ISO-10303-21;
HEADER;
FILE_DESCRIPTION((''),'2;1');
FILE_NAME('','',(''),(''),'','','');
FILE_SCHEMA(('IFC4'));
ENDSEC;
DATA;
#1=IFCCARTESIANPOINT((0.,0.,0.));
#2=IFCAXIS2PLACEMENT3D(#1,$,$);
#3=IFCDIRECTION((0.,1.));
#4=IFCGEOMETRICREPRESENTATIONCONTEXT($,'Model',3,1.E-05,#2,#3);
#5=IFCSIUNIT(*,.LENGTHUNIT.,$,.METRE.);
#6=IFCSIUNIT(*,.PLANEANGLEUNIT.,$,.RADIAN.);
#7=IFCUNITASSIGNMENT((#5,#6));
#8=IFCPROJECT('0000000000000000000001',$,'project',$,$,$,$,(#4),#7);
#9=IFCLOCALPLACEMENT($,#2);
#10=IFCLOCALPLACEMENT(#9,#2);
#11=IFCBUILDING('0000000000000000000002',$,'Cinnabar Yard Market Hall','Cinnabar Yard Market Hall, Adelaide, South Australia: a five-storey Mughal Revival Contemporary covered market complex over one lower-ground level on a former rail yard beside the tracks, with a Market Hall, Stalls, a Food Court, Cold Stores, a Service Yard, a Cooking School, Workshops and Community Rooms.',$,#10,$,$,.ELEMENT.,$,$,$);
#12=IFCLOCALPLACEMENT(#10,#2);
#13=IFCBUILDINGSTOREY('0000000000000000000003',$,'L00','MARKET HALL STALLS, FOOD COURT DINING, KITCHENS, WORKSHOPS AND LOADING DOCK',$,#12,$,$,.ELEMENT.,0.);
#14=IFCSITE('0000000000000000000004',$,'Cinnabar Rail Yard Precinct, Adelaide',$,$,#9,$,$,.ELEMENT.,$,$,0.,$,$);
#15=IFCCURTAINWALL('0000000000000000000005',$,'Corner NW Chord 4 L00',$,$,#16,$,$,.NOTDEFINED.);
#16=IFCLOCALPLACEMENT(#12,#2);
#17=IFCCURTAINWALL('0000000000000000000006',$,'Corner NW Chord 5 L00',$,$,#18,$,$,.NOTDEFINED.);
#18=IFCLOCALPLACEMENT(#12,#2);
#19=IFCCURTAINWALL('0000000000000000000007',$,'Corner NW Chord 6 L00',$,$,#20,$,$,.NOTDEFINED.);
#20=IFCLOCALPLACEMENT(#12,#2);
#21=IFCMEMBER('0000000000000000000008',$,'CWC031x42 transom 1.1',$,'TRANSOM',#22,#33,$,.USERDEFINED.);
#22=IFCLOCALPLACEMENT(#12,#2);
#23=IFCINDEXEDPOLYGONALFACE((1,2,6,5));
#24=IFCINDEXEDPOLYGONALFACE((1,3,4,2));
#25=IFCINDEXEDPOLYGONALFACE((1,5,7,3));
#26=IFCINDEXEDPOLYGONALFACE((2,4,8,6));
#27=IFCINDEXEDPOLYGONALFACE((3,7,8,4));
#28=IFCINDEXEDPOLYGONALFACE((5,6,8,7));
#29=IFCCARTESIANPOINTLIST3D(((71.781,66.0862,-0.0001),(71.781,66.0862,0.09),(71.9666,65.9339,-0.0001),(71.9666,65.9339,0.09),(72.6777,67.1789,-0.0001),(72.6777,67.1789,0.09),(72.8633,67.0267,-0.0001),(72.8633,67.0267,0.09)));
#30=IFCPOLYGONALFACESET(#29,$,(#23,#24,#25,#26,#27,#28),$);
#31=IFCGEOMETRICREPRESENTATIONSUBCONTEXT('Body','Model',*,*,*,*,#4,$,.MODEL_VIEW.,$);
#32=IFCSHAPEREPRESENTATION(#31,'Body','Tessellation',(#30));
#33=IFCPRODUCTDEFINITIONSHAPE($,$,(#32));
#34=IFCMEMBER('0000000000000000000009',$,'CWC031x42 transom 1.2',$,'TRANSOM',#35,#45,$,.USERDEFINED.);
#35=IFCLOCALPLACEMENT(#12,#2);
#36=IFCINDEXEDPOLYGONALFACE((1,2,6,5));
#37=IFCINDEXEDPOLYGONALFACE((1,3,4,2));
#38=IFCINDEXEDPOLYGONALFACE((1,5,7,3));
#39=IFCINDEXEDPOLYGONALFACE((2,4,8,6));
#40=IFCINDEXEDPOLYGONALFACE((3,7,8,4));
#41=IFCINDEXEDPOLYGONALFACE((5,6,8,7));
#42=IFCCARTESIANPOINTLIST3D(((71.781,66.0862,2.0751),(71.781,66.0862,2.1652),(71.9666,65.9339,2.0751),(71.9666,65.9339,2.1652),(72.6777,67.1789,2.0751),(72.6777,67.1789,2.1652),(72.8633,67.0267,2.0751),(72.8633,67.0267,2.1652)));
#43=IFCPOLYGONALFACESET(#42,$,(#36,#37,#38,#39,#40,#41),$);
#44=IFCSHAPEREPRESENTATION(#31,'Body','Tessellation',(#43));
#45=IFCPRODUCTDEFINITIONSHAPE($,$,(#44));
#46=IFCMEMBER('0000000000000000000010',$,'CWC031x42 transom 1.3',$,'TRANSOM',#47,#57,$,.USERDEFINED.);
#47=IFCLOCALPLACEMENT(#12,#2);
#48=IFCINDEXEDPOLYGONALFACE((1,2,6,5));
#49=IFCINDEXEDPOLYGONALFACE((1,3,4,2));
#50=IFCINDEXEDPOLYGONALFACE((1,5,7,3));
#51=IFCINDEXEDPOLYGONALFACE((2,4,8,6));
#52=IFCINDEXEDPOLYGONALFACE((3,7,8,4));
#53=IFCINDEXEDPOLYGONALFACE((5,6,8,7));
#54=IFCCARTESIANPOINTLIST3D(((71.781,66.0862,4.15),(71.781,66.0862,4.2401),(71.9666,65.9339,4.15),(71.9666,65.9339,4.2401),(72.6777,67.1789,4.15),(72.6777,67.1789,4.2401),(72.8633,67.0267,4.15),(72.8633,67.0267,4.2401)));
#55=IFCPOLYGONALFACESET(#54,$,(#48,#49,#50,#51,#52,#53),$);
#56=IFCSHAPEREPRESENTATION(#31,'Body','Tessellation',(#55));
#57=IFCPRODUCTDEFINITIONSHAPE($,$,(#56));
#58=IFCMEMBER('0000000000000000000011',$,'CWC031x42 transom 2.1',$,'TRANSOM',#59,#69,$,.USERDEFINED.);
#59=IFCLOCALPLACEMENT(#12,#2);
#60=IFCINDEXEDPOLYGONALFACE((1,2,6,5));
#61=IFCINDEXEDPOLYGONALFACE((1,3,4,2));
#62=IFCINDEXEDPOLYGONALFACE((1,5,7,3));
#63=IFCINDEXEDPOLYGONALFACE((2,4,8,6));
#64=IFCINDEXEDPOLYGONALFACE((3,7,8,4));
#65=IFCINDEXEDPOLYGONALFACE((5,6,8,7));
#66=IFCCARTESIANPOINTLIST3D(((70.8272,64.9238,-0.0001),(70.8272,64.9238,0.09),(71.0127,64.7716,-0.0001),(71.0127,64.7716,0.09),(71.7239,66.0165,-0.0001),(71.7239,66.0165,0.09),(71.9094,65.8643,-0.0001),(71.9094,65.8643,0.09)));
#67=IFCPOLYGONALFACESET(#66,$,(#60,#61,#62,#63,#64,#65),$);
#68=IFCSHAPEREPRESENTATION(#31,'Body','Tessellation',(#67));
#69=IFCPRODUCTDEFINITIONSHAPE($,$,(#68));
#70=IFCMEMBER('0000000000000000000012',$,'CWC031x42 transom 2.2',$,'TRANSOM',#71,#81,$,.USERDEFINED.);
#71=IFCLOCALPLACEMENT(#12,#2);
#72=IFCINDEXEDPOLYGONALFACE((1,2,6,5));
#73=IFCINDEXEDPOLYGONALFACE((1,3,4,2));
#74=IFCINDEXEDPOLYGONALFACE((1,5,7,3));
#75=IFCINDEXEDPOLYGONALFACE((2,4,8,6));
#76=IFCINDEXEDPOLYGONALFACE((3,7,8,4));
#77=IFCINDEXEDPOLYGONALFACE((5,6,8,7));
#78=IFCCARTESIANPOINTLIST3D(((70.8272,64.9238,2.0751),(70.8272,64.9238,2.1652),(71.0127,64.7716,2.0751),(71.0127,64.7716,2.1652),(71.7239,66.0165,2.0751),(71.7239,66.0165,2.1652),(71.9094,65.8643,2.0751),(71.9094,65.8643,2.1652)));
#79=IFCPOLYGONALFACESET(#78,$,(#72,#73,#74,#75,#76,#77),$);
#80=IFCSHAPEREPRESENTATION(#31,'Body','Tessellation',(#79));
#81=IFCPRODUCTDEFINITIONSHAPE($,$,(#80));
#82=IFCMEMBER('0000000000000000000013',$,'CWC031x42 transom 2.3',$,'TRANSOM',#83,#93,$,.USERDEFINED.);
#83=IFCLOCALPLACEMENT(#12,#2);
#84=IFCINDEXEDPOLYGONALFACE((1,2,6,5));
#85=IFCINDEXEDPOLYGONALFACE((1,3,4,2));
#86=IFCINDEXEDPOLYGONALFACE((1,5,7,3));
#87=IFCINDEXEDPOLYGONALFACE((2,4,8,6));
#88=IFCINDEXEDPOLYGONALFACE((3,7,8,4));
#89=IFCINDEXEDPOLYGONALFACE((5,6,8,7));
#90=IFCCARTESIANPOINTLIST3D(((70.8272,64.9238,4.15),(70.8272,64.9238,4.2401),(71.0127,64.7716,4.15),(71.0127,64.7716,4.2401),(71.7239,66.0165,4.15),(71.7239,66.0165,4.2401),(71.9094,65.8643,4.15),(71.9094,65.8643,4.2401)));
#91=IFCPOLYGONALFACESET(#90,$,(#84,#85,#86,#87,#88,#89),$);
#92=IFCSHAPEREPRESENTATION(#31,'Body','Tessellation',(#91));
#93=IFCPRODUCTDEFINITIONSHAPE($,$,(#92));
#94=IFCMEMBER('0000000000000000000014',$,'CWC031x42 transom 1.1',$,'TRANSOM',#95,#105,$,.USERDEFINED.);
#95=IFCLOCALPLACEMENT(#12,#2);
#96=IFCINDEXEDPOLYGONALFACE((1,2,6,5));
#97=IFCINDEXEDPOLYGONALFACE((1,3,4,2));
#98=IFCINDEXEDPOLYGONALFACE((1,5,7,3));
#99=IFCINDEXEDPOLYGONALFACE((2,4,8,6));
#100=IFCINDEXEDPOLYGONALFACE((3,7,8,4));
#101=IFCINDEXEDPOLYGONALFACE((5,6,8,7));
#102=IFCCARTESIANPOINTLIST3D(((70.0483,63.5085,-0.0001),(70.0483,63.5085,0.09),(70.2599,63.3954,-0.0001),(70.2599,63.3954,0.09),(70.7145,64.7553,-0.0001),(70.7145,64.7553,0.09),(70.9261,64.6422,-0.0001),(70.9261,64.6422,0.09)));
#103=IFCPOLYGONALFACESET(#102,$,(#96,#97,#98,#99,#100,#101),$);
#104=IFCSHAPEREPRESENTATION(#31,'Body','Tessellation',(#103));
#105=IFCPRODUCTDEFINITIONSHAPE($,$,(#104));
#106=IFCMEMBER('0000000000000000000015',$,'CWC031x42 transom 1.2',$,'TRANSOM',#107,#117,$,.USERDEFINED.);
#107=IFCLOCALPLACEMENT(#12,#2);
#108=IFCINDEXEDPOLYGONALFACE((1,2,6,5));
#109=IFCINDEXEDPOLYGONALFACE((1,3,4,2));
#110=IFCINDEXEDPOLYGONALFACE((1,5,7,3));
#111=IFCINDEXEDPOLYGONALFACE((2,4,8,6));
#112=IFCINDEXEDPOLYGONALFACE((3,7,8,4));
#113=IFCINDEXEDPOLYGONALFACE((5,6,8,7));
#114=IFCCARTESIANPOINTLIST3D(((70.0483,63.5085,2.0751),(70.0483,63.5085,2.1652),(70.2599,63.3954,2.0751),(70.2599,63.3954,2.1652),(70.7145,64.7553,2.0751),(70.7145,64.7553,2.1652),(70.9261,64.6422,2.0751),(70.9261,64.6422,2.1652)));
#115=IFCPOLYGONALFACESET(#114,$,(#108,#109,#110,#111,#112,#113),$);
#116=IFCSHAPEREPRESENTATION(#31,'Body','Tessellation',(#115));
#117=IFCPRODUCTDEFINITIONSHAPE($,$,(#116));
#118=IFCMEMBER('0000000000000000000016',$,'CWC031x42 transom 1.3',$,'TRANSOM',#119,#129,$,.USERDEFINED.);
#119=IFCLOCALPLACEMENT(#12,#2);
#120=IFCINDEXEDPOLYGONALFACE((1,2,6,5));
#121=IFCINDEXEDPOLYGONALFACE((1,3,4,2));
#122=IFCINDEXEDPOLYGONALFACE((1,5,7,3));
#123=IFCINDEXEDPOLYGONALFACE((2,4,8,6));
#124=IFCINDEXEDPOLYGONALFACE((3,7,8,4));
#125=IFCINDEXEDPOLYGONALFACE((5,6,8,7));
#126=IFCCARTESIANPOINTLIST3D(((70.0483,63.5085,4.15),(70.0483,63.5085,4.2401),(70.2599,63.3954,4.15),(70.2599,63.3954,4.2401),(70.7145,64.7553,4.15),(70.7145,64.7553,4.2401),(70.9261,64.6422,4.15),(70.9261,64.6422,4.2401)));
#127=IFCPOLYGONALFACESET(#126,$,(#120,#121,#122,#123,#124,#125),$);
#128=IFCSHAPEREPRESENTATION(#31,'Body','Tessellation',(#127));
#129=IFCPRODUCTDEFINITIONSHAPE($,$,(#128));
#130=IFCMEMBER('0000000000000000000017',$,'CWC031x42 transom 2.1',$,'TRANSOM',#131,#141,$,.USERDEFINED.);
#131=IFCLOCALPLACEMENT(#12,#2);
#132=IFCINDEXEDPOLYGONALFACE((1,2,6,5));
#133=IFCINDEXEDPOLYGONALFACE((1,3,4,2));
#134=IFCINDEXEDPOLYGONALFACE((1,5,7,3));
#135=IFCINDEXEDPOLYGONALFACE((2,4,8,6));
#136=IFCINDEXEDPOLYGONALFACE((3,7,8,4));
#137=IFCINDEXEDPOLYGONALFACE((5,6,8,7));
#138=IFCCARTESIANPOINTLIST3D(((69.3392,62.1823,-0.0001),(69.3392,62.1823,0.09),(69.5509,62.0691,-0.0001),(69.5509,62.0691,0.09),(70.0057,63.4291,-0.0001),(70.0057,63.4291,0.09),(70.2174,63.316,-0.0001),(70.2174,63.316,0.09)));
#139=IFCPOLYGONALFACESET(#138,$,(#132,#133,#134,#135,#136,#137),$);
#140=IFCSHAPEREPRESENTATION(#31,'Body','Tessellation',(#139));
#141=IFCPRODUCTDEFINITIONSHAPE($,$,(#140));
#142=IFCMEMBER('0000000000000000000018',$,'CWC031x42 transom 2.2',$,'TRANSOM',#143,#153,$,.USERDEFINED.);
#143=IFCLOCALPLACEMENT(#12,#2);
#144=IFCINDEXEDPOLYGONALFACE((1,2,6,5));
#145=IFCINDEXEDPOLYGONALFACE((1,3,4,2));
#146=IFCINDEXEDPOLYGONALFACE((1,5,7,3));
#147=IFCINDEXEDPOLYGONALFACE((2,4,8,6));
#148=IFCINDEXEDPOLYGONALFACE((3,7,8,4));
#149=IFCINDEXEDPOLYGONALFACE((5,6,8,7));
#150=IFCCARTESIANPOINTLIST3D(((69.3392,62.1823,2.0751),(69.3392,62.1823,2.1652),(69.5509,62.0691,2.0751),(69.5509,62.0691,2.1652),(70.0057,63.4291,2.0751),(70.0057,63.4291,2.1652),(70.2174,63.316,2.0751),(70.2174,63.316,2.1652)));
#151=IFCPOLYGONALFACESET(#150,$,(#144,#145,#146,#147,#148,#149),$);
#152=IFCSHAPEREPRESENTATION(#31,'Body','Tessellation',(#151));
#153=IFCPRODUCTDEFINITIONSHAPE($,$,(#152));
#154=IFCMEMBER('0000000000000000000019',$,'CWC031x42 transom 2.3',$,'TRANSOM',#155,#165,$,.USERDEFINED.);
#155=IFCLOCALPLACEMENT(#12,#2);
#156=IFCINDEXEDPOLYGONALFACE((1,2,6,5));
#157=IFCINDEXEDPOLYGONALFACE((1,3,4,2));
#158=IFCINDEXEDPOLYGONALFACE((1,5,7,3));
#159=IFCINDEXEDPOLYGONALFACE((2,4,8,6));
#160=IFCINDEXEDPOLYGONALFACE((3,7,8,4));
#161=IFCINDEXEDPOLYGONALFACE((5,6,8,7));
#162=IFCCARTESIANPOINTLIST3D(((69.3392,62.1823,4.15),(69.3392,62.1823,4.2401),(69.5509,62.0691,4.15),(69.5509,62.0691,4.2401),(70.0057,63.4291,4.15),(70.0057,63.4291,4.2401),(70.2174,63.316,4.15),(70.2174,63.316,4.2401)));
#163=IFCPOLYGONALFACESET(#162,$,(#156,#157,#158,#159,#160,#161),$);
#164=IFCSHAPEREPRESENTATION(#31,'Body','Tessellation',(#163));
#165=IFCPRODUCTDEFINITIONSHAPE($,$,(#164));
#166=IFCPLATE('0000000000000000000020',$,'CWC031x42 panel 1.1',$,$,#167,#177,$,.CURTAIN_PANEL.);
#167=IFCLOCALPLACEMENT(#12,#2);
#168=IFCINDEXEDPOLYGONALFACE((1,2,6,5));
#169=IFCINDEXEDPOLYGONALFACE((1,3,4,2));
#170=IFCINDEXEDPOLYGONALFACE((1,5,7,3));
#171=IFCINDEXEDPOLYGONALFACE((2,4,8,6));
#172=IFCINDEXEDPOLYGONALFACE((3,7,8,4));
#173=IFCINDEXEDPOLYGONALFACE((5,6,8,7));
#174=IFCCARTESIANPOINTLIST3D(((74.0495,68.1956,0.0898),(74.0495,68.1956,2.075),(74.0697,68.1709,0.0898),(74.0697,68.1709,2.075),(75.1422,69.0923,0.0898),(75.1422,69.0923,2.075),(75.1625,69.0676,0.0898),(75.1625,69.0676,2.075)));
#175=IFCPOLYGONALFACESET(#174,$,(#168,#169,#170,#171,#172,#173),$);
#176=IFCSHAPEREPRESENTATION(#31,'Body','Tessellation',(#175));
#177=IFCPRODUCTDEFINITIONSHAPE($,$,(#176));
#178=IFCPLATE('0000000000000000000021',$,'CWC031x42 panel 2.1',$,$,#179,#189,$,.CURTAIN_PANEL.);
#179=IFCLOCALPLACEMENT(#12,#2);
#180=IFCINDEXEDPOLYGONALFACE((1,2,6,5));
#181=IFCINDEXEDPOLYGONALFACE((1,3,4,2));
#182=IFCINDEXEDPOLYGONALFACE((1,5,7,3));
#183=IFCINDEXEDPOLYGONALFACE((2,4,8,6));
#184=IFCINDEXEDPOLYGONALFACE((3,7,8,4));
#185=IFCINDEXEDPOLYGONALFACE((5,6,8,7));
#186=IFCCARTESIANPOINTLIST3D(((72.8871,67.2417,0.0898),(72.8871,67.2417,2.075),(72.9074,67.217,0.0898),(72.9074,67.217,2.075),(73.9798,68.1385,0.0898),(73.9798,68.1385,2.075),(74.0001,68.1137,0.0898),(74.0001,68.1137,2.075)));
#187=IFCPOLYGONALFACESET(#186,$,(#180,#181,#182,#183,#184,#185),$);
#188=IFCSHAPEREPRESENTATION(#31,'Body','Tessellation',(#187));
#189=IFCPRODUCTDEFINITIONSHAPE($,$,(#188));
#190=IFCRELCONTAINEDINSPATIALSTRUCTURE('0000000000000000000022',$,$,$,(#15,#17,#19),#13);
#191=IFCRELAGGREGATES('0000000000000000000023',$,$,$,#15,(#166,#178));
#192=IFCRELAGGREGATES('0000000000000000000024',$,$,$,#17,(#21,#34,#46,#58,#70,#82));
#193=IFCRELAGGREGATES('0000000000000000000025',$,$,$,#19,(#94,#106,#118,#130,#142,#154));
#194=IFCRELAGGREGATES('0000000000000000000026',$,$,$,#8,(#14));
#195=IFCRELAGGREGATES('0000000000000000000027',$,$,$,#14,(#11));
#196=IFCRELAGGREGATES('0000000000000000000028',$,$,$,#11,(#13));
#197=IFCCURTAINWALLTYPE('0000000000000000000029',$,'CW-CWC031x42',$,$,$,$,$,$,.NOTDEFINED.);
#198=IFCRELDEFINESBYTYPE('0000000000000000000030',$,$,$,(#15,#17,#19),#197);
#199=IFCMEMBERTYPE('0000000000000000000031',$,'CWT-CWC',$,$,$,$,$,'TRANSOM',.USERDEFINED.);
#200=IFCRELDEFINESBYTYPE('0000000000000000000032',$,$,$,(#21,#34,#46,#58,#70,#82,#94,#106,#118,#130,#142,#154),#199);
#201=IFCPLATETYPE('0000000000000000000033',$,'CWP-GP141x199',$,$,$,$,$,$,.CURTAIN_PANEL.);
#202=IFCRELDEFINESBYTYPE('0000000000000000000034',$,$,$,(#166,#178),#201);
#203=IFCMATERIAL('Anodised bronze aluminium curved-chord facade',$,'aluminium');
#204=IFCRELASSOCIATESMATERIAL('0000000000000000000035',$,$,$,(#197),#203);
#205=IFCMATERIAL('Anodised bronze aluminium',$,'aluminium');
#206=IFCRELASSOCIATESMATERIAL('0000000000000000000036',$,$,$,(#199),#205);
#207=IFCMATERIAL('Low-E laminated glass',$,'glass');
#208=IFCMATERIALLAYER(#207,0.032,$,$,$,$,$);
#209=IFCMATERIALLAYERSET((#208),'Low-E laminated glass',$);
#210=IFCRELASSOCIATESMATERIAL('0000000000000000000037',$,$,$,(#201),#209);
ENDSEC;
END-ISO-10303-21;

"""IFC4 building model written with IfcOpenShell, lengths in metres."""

from ifc_helpers import new_model, si_unit, direction, frame, origin, origin_2d_with_axis, place, context, subcontext, project, spatial, rectangle, extrude, material, layer, layer_set, material_profile, profile_set, type_object, element, aggregate, save


model = new_model("IFC4")

# Units and contexts
model_context = context("Model", 3, precision=1e-05, world=origin(), true_north=direction((0.0, 1.0)))
body_context = subcontext(model_context, "Body", "Model", "MODEL_VIEW")
ifc_project = project(units=[si_unit("LENGTHUNIT", "METRE"), si_unit("PLANEANGLEUNIT", "RADIAN")], contexts=[model_context])

# Site, building, storey
site_placement = place(None, origin())
site = spatial("IfcSite", under=ifc_project, at=site_placement, Name="Cinnabar Rail Yard Precinct, Adelaide", CompositionType="ELEMENT", RefElevation=0.0)
building_placement = place(site_placement, origin())
building = spatial("IfcBuilding", under=site, at=building_placement, Name="Cinnabar Yard Market Hall", Description="Cinnabar Yard Market Hall, Adelaide, South Australia: a five-storey Mughal Revival Contemporary covered market complex over one lower-ground level on a former rail yard beside the tracks, with a Market Hall, Stalls, a Food Court, Cold Stores, a Service Yard, a Cooking School, Workshops and Community Rooms.", CompositionType="ELEMENT")
storey_placement = place(building_placement, origin())
storey = spatial("IfcBuildingStorey", under=building, at=storey_placement, Name="L00", Description="MARKET HALL STALLS, FOOD COURT DINING, KITCHENS, WORKSHOPS AND LOADING DOCK", CompositionType="ELEMENT", Elevation=0.0)

# Curtain walls
ifc_material_1 = material(Name="Anodised bronze aluminium curved-chord facade", Category="aluminium")
curtain_wall_type = type_object("IfcCurtainWallType", Name="CW-CWC031x42", PredefinedType="NOTDEFINED", material=ifc_material_1)
curtain_wall_1_placement = place(storey_placement, origin())
curtain_wall_1 = element("IfcCurtainWall", 1, at=curtain_wall_1_placement, inside=storey, type_object=curtain_wall_type, Name="Corner NW Chord 4 L00", PredefinedType="NOTDEFINED")
ifc_material_2 = material(Name="Anodised bronze aluminium", Category="aluminium")
curtain_wall_2_placement = place(storey_placement, origin())
curtain_wall_2 = element("IfcCurtainWall", 2, at=curtain_wall_2_placement, inside=storey, type_object=curtain_wall_type, Name="Corner NW Chord 5 L00", PredefinedType="NOTDEFINED")
curtain_wall_3_placement = place(storey_placement, origin())
curtain_wall_3 = element("IfcCurtainWall", 3, at=curtain_wall_3_placement, inside=storey, type_object=curtain_wall_type, Name="Corner NW Chord 6 L00", PredefinedType="NOTDEFINED")

# Members
ifc_material_profile_1 = material_profile(ifc_material_2, rectangle(XDim=0.24, YDim=0.0901, at=origin_2d_with_axis()), Name="TRN-CWC")
ifc_profile_set_1 = profile_set([ifc_material_profile_1], Name="Anodised bronze aluminium")
member_type_1 = type_object("IfcMemberType", Name="CWT-CWC", ElementType="TRANSOM", PredefinedType="USERDEFINED", material=ifc_profile_set_1)
member_1_placement = place(storey_placement, frame((72.7705, 67.1028, 0.0449), z_axis=(-0.634356, -0.773041, 0.0), x_axis=(0.773041, -0.634356, 0.0)))
member_1 = element("IfcMember", 4, at=member_1_placement, type_object=member_type_1, Name="CWC031x42 transom 1.1", ObjectType="TRANSOM", PredefinedType="USERDEFINED", context=body_context, shape_type="SweptSolid", body=[
    extrude(rectangle(XDim=0.24, YDim=0.0901, at=origin_2d_with_axis()), origin(), (0.0, 0.0, 1.0), 1.4136),
])
member_2_placement = place(storey_placement, frame((72.7705, 67.1028, 2.1201), z_axis=(-0.634356, -0.773041, 0.0), x_axis=(0.773041, -0.634356, 0.0)))
member_2 = element("IfcMember", 5, at=member_2_placement, type_object=member_type_1, Name="CWC031x42 transom 1.2", ObjectType="TRANSOM", PredefinedType="USERDEFINED", context=body_context, shape_type="SweptSolid", body=[
    extrude(rectangle(XDim=0.24, YDim=0.0901, at=origin_2d_with_axis()), origin(), (0.0, 0.0, 1.0), 1.4136),
])
member_3_placement = place(storey_placement, frame((72.7705, 67.1028, 4.1951), z_axis=(-0.634356, -0.773041, 0.0), x_axis=(0.773041, -0.634356, 0.0)))
member_3 = element("IfcMember", 6, at=member_3_placement, type_object=member_type_1, Name="CWC031x42 transom 1.3", ObjectType="TRANSOM", PredefinedType="USERDEFINED", context=body_context, shape_type="SweptSolid", body=[
    extrude(rectangle(XDim=0.24, YDim=0.0901, at=origin_2d_with_axis()), origin(), (0.0, 0.0, 1.0), 1.4136),
])
member_4_placement = place(storey_placement, frame((71.8167, 65.9404, 0.0449), z_axis=(-0.634356, -0.773041, 0.0), x_axis=(0.773041, -0.634356, 0.0)))
member_4 = element("IfcMember", 7, at=member_4_placement, type_object=member_type_1, Name="CWC031x42 transom 2.1", ObjectType="TRANSOM", PredefinedType="USERDEFINED", context=body_context, shape_type="SweptSolid", body=[
    extrude(rectangle(XDim=0.24, YDim=0.0901, at=origin_2d_with_axis()), origin(), (0.0, 0.0, 1.0), 1.4136),
])
member_5_placement = place(storey_placement, frame((71.8167, 65.9404, 2.1201), z_axis=(-0.634356, -0.773041, 0.0), x_axis=(0.773041, -0.634356, 0.0)))
member_5 = element("IfcMember", 8, at=member_5_placement, type_object=member_type_1, Name="CWC031x42 transom 2.2", ObjectType="TRANSOM", PredefinedType="USERDEFINED", context=body_context, shape_type="SweptSolid", body=[
    extrude(rectangle(XDim=0.24, YDim=0.0901, at=origin_2d_with_axis()), origin(), (0.0, 0.0, 1.0), 1.4136),
])
member_6_placement = place(storey_placement, frame((71.8167, 65.9404, 4.1951), z_axis=(-0.634356, -0.773041, 0.0), x_axis=(0.773041, -0.634356, 0.0)))
member_6 = element("IfcMember", 9, at=member_6_placement, type_object=member_type_1, Name="CWC031x42 transom 2.3", ObjectType="TRANSOM", PredefinedType="USERDEFINED", context=body_context, shape_type="SweptSolid", body=[
    extrude(rectangle(XDim=0.24, YDim=0.0901, at=origin_2d_with_axis()), origin(), (0.0, 0.0, 1.0), 1.4136),
])
member_7_placement = place(storey_placement, frame((70.8203, 64.6987, 0.0449), z_axis=(-0.471296, -0.881975, 0.0), x_axis=(0.881975, -0.471296, 0.0)))
member_7 = element("IfcMember", 10, at=member_7_placement, type_object=member_type_1, Name="CWC031x42 transom 1.1", ObjectType="TRANSOM", PredefinedType="USERDEFINED", context=body_context, shape_type="SweptSolid", body=[
    extrude(rectangle(XDim=0.24, YDim=0.0901, at=origin_2d_with_axis()), origin(), (0.0, 0.0, 1.0), 1.4136),
])
member_8_placement = place(storey_placement, frame((70.8203, 64.6987, 2.1201), z_axis=(-0.471296, -0.881975, 0.0), x_axis=(0.881975, -0.471296, 0.0)))
member_8 = element("IfcMember", 11, at=member_8_placement, type_object=member_type_1, Name="CWC031x42 transom 1.2", ObjectType="TRANSOM", PredefinedType="USERDEFINED", context=body_context, shape_type="SweptSolid", body=[
    extrude(rectangle(XDim=0.24, YDim=0.0901, at=origin_2d_with_axis()), origin(), (0.0, 0.0, 1.0), 1.4136),
])
member_9_placement = place(storey_placement, frame((70.8203, 64.6987, 4.1951), z_axis=(-0.471296, -0.881975, 0.0), x_axis=(0.881975, -0.471296, 0.0)))
member_9 = element("IfcMember", 12, at=member_9_placement, type_object=member_type_1, Name="CWC031x42 transom 1.3", ObjectType="TRANSOM", PredefinedType="USERDEFINED", context=body_context, shape_type="SweptSolid", body=[
    extrude(rectangle(XDim=0.24, YDim=0.0901, at=origin_2d_with_axis()), origin(), (0.0, 0.0, 1.0), 1.4136),
])
member_10_placement = place(storey_placement, frame((70.1116, 63.3726, 0.0449), z_axis=(-0.471431, -0.881903, 0.0), x_axis=(0.881903, -0.471431, 0.0)))
member_10 = element("IfcMember", 13, at=member_10_placement, type_object=member_type_1, Name="CWC031x42 transom 2.1", ObjectType="TRANSOM", PredefinedType="USERDEFINED", context=body_context, shape_type="SweptSolid", body=[
    extrude(rectangle(XDim=0.24, YDim=0.0901, at=origin_2d_with_axis()), origin(), (0.0, 0.0, 1.0), 1.4138),
])
member_11_placement = place(storey_placement, frame((70.1116, 63.3726, 2.1201), z_axis=(-0.471431, -0.881903, 0.0), x_axis=(0.881903, -0.471431, 0.0)))
member_11 = element("IfcMember", 14, at=member_11_placement, type_object=member_type_1, Name="CWC031x42 transom 2.2", ObjectType="TRANSOM", PredefinedType="USERDEFINED", context=body_context, shape_type="SweptSolid", body=[
    extrude(rectangle(XDim=0.24, YDim=0.0901, at=origin_2d_with_axis()), origin(), (0.0, 0.0, 1.0), 1.4138),
])
member_12_placement = place(storey_placement, frame((70.1116, 63.3726, 4.1951), z_axis=(-0.471431, -0.881903, 0.0), x_axis=(0.881903, -0.471431, 0.0)))
member_12 = element("IfcMember", 15, at=member_12_placement, type_object=member_type_1, Name="CWC031x42 transom 2.3", ObjectType="TRANSOM", PredefinedType="USERDEFINED", context=body_context, shape_type="SweptSolid", body=[
    extrude(rectangle(XDim=0.24, YDim=0.0901, at=origin_2d_with_axis()), origin(), (0.0, 0.0, 1.0), 1.4138),
])

# Plates
ifc_material_3 = material(Name="Low-E laminated glass", Category="glass")
ifc_layer = layer(ifc_material_3, 0.032)
ifc_layer_set = layer_set([ifc_layer], Name="Low-E laminated glass")
plate_type = type_object("IfcPlateType", Name="CWP-GP141x199", PredefinedType="CURTAIN_PANEL", material=ifc_layer_set)
plate_1_placement = place(storey_placement, frame((74.606, 68.6316, 0.0898), z_axis=(0.0, 0.0, 1.0), x_axis=(-0.773019, -0.634383, 0.0)))
plate_1 = element("IfcPlate", 16, at=plate_1_placement, type_object=plate_type, Name="CWC031x42 panel 1.1", PredefinedType="CURTAIN_PANEL", context=body_context, shape_type="SweptSolid", body=[
    extrude(rectangle(XDim=1.4136, YDim=0.032, at=origin_2d_with_axis()), origin(), (0.0, 0.0, 1.0), 1.9851),
])
plate_2_placement = place(storey_placement, frame((73.4436, 67.6777, 0.0898), z_axis=(0.0, 0.0, 1.0), x_axis=(-0.773019, -0.634383, 0.0)))
plate_2 = element("IfcPlate", 17, at=plate_2_placement, type_object=plate_type, Name="CWC031x42 panel 2.1", PredefinedType="CURTAIN_PANEL", context=body_context, shape_type="SweptSolid", body=[
    extrude(rectangle(XDim=1.4136, YDim=0.032, at=origin_2d_with_axis()), origin(), (0.0, 0.0, 1.0), 1.9851),
])
aggregate(curtain_wall_1, [plate_1, plate_2])
aggregate(curtain_wall_2, [member_1, member_2, member_3, member_4, member_5, member_6])
aggregate(curtain_wall_3, [member_7, member_8, member_9, member_10, member_11, member_12])

save(model, "model.ifc")
